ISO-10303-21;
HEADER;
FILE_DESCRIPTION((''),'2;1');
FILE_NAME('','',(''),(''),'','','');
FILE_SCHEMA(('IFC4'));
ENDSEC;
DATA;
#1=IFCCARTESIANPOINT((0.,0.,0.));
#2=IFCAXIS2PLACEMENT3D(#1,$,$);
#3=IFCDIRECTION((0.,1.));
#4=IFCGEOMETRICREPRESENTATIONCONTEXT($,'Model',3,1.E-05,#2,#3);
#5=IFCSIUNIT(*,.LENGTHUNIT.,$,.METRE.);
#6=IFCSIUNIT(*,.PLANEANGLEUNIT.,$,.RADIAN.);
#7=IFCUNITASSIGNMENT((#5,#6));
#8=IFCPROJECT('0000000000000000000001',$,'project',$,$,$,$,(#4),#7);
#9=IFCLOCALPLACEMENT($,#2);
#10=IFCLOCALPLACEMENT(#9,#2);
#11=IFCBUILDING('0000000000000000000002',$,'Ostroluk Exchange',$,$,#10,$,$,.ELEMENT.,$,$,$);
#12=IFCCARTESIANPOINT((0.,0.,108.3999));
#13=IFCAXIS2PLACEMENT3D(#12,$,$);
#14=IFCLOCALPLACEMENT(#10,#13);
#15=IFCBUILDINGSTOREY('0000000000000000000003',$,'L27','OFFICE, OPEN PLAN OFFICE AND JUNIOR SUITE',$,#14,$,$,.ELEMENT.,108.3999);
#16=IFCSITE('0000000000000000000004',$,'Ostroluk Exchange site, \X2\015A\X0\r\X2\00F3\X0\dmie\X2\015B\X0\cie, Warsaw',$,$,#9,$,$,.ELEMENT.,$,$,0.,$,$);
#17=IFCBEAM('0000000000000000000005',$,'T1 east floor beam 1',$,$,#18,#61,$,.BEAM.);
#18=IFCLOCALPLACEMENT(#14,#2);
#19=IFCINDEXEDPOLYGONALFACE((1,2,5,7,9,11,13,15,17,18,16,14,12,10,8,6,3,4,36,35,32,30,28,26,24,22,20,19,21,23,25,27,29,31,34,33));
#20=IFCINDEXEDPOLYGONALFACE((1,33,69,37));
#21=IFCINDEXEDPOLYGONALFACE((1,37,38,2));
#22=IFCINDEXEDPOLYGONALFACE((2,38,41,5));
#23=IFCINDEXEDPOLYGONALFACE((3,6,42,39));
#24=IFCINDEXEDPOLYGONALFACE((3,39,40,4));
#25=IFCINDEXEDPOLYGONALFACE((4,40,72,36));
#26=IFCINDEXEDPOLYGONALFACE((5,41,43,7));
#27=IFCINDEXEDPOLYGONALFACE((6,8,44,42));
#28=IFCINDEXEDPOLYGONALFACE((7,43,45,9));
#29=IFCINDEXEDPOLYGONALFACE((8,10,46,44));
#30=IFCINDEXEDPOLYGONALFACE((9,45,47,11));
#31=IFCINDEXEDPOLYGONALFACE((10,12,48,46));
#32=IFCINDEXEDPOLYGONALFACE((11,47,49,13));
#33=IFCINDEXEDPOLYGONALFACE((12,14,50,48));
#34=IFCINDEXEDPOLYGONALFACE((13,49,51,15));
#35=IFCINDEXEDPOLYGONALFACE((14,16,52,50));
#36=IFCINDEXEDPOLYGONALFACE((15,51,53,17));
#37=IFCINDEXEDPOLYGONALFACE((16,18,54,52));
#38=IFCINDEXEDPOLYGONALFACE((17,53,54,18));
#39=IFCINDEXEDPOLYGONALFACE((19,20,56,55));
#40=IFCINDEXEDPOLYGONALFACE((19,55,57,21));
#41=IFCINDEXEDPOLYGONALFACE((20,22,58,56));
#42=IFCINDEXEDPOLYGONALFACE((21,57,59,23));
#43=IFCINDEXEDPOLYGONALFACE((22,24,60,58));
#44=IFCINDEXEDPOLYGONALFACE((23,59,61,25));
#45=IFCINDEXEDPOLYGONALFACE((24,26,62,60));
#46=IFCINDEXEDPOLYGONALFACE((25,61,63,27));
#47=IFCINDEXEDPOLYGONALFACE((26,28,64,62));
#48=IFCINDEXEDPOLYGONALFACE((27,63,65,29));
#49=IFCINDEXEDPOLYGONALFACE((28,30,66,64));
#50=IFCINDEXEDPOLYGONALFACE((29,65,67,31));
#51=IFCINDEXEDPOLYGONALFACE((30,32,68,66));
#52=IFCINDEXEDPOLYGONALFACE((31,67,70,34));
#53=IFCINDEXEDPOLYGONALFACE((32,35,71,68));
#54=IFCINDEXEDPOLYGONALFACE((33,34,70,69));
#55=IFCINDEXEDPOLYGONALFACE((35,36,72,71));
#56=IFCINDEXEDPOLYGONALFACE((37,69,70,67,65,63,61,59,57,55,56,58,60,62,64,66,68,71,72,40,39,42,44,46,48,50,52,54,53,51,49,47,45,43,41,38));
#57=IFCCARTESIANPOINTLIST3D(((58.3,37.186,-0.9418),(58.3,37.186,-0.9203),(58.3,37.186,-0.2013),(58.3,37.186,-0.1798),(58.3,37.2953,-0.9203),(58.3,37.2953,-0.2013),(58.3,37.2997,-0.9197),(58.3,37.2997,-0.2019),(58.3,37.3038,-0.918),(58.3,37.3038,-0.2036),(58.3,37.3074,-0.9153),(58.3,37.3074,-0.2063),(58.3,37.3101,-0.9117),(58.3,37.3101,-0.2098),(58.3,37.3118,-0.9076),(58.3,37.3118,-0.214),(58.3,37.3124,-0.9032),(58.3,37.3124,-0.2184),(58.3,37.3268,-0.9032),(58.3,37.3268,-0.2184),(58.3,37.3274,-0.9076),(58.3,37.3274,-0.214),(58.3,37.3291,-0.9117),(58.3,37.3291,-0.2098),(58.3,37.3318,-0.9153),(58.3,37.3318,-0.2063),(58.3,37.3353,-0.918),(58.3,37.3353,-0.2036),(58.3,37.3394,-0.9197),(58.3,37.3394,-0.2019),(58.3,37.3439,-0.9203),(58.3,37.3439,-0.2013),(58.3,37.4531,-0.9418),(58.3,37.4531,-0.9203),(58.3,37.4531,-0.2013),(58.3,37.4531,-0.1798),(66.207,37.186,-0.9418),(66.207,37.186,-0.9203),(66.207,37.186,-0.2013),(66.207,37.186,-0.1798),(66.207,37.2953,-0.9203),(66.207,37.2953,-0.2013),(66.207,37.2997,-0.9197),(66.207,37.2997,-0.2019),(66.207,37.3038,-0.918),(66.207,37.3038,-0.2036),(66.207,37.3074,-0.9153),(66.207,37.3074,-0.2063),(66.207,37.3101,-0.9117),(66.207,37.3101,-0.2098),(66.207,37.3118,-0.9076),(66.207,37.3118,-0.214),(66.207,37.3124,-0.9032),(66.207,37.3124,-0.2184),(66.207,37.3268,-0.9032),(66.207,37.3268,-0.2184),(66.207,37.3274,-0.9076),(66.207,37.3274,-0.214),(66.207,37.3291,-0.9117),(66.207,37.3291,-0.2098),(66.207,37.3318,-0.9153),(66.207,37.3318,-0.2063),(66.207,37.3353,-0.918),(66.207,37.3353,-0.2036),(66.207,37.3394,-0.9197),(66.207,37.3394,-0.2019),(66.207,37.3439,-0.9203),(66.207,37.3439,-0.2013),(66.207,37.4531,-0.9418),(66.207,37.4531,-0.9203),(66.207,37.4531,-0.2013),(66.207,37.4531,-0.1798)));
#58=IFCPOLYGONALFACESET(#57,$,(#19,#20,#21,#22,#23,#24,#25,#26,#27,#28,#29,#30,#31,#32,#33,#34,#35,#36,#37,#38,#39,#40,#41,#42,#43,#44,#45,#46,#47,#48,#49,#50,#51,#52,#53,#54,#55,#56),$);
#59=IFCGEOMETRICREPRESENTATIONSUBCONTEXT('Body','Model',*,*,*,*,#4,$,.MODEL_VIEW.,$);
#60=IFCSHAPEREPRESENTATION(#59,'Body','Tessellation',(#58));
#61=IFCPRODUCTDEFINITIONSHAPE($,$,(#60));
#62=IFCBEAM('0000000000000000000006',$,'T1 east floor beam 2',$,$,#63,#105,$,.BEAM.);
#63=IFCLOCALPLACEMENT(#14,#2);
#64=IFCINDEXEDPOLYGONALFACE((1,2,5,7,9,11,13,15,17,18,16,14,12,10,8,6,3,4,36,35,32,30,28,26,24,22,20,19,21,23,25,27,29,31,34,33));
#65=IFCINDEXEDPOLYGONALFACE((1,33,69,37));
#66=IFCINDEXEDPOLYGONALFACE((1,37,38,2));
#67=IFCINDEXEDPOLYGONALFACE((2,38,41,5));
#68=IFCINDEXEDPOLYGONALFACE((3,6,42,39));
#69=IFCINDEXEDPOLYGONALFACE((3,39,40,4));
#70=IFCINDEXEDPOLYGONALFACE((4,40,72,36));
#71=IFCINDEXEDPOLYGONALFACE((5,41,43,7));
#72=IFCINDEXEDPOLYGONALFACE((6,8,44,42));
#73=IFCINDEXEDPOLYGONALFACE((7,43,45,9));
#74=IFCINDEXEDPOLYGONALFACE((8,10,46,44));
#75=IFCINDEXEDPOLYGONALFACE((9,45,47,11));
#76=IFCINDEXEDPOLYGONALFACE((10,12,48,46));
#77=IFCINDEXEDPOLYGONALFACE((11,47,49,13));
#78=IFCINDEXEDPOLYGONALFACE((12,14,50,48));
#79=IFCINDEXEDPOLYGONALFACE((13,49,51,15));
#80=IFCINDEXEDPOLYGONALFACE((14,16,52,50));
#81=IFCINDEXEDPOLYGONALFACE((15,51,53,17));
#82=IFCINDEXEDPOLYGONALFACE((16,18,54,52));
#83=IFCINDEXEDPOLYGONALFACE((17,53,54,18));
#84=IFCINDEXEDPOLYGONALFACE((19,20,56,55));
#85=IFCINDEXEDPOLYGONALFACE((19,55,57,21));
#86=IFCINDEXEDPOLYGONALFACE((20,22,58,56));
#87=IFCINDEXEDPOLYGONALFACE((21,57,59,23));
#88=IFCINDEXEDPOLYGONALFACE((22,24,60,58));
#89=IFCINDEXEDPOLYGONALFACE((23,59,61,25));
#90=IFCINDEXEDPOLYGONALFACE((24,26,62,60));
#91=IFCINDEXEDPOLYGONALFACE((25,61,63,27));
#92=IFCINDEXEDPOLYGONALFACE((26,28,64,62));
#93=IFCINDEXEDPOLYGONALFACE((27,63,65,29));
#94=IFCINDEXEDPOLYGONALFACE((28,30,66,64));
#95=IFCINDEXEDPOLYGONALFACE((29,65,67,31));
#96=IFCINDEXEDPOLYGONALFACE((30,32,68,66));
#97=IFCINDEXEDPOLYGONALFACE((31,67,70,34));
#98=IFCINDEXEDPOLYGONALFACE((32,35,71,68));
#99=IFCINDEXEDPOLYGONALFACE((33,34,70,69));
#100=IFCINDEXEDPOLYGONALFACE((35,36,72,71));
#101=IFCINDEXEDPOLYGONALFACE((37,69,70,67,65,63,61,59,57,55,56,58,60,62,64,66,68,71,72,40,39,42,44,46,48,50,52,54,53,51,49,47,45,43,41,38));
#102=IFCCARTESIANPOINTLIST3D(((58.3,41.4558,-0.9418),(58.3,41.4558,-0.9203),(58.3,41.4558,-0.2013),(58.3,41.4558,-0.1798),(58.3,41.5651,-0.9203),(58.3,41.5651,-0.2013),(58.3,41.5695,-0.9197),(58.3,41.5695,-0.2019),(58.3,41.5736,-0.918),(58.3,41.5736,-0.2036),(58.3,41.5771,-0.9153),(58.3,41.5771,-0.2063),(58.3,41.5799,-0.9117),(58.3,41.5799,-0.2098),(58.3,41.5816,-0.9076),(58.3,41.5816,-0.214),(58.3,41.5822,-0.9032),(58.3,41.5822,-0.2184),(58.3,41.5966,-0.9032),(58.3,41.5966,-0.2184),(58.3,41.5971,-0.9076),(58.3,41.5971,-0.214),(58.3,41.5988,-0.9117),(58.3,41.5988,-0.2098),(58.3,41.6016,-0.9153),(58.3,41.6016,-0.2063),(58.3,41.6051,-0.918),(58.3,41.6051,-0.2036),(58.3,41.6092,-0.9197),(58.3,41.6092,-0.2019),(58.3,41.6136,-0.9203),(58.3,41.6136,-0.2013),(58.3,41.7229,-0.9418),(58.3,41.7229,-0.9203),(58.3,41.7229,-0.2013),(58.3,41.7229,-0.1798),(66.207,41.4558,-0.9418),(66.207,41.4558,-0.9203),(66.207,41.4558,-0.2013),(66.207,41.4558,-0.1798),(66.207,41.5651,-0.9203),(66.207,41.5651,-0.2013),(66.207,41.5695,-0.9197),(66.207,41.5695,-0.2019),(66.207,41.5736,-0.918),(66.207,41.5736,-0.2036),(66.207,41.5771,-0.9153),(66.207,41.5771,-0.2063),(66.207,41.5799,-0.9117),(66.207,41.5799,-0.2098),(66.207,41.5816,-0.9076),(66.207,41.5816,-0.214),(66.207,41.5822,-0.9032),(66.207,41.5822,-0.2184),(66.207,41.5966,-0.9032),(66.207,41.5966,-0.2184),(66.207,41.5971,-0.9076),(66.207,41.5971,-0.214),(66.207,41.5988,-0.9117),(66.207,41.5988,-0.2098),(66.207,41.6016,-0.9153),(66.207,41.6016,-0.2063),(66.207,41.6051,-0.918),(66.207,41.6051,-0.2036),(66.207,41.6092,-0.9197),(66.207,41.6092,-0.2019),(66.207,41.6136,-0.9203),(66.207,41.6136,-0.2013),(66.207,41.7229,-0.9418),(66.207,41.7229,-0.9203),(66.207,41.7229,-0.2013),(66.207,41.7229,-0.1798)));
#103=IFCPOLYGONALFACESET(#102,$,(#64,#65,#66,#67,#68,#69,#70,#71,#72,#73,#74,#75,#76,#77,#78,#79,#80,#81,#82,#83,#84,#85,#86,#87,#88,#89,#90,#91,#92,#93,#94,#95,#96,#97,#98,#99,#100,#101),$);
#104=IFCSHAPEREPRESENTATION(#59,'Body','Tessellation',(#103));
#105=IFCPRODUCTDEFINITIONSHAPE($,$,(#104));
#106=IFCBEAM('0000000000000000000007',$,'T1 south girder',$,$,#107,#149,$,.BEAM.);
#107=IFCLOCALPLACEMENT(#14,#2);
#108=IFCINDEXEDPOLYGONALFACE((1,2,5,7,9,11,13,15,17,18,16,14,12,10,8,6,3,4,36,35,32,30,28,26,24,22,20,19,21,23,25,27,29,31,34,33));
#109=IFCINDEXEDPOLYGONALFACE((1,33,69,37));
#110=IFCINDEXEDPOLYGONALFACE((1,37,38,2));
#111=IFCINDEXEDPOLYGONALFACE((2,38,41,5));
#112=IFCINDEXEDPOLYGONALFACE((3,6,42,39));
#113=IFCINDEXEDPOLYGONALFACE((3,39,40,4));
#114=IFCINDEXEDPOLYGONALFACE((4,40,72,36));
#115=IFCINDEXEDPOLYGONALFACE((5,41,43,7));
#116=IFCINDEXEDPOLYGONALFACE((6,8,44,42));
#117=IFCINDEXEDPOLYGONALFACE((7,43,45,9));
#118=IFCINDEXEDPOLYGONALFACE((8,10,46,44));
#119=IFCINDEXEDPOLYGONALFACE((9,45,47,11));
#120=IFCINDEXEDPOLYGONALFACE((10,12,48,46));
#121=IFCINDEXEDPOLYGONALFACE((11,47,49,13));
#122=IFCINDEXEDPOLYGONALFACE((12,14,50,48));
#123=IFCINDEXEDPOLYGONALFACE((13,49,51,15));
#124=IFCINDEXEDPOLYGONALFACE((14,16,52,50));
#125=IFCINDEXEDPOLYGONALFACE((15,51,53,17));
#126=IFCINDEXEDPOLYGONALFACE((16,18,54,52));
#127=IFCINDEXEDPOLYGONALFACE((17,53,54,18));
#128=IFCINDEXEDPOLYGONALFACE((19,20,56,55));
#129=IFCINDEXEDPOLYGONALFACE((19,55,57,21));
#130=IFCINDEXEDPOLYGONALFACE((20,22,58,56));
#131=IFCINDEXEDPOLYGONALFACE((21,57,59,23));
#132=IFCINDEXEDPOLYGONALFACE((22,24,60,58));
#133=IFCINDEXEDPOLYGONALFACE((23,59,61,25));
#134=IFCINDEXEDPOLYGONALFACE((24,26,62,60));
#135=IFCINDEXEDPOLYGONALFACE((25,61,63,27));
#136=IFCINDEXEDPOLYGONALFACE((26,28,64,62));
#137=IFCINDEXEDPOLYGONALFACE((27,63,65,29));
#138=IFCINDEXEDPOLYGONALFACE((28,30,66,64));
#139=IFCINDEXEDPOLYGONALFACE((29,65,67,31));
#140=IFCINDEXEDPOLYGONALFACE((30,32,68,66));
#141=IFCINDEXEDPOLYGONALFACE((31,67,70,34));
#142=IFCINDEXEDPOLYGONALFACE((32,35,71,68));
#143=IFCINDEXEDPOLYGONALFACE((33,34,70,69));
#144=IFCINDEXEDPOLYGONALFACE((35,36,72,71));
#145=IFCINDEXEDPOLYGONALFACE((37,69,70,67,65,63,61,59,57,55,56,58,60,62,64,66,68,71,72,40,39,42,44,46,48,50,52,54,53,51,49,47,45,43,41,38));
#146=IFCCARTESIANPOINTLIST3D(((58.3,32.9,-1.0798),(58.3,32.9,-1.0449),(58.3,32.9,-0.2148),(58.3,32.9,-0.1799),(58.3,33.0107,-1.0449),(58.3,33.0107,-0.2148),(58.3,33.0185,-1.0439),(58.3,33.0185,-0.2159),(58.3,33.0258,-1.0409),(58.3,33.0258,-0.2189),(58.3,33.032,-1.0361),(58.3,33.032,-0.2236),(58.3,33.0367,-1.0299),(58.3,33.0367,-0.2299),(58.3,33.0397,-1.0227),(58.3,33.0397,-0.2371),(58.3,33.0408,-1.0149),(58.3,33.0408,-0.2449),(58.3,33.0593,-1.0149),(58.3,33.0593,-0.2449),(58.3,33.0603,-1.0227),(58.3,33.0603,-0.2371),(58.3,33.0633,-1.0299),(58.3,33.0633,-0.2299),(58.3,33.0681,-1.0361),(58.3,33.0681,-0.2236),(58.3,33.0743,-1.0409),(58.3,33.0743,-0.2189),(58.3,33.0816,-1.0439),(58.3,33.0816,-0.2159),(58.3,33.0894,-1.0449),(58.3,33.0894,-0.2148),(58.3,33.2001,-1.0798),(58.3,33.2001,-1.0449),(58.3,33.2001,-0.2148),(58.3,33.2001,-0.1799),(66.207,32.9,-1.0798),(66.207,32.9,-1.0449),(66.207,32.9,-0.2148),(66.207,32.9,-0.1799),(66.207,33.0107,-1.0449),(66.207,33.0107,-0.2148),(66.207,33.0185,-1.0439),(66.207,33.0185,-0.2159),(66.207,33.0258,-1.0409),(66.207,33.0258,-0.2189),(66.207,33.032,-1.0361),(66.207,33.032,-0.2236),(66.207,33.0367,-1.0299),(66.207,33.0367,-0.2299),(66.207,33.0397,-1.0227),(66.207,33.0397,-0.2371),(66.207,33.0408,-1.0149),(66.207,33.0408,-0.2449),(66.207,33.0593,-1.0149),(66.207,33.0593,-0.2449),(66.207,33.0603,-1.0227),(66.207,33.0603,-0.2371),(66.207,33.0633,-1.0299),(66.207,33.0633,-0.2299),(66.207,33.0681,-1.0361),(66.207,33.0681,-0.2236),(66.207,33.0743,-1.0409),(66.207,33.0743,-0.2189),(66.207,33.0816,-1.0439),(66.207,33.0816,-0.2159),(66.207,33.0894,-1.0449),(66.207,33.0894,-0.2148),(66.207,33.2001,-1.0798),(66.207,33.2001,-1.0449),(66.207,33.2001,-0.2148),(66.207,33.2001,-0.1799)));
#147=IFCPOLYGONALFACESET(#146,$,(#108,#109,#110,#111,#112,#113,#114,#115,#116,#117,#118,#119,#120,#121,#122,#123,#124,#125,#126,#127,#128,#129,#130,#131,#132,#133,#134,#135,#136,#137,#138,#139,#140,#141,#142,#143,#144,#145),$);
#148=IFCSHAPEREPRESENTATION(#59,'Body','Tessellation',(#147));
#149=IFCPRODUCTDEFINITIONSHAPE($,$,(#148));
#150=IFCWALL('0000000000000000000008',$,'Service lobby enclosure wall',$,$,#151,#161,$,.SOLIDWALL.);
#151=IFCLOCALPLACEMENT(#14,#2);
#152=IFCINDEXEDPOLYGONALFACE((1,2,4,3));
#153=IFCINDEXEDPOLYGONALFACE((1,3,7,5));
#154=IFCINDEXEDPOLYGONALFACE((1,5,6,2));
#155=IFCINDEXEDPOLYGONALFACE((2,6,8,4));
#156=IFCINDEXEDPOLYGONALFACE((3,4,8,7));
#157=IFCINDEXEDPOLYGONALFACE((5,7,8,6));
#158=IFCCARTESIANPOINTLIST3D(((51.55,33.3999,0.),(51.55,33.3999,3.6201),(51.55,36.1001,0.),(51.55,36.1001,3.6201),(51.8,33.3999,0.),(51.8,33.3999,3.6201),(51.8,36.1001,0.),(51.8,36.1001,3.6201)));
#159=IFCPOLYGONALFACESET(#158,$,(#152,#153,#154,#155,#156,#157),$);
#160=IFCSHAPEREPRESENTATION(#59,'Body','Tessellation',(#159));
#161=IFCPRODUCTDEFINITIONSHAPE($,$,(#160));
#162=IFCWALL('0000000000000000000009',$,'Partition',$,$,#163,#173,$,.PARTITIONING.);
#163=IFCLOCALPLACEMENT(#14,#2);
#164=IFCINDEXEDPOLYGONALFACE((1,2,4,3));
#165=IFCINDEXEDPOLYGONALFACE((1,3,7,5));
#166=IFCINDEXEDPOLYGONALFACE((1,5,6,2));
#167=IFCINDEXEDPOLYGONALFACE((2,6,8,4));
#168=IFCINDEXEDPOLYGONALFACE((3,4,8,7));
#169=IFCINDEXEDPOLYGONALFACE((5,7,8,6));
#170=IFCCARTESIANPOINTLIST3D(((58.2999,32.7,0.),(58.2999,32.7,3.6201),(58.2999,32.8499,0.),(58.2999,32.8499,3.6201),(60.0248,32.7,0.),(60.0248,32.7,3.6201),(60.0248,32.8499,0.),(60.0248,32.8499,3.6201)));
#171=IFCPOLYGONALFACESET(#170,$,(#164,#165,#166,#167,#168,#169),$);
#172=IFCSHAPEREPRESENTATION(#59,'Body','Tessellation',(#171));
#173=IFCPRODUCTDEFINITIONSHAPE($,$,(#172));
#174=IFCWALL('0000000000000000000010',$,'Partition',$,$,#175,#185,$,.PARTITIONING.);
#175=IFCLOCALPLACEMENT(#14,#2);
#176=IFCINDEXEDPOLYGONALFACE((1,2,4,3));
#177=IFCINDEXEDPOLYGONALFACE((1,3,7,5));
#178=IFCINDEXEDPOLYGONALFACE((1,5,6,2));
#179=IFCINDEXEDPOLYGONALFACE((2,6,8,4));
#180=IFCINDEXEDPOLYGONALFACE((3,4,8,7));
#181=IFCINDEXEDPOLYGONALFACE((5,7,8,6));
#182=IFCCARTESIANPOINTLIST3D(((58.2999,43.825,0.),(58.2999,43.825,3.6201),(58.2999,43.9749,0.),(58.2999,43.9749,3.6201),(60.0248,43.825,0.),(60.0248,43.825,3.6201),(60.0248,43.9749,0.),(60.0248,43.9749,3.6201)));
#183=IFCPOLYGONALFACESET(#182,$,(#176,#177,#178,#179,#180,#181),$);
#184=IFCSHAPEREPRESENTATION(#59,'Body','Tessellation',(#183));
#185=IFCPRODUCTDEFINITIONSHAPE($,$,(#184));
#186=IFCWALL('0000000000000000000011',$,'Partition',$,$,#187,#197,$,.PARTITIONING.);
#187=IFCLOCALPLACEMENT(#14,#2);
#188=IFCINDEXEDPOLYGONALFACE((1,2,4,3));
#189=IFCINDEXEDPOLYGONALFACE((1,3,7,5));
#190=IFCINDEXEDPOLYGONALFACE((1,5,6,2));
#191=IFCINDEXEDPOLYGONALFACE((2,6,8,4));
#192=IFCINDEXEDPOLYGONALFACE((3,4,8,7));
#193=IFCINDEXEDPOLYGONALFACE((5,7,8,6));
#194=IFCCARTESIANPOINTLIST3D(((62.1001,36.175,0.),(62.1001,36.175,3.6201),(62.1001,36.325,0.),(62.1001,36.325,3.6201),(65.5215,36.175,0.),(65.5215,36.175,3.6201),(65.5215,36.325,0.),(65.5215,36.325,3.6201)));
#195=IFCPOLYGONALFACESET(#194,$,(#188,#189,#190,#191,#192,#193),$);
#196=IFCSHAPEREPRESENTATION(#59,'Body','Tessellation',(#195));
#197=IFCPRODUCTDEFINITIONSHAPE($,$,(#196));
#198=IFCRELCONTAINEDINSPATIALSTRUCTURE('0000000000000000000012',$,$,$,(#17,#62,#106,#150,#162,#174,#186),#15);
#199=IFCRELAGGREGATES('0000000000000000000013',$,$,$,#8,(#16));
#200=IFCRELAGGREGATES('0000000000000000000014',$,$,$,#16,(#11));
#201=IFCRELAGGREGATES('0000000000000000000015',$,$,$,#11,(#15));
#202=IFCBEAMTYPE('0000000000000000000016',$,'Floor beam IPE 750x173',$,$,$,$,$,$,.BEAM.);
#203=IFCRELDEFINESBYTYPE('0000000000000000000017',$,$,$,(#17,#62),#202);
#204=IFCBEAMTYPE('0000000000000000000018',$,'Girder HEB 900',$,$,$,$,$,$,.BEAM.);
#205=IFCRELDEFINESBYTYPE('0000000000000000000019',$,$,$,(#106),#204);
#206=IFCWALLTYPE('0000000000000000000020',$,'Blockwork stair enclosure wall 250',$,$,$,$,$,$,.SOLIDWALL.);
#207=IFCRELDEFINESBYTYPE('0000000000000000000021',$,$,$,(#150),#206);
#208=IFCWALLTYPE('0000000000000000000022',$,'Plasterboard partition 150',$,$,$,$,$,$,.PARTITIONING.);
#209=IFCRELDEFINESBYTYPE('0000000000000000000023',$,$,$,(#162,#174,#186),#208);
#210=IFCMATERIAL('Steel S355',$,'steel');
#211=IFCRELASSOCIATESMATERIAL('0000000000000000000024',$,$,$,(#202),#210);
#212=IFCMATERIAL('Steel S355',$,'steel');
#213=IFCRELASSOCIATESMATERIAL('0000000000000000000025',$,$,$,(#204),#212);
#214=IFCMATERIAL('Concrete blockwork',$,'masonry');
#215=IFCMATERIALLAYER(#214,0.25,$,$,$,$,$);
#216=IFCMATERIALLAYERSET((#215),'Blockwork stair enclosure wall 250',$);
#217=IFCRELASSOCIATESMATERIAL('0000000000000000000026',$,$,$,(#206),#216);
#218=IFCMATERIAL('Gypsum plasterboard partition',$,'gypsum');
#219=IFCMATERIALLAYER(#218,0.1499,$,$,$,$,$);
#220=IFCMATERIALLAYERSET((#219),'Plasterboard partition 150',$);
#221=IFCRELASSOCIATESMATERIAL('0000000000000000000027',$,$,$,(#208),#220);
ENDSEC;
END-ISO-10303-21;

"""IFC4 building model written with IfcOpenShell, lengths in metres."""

from ifc_helpers import new_model, si_unit, direction, frame, frame_2d, origin, origin_2d, place, context, subcontext, project, spatial, rectangle, i_section, extrude, material, layer, layer_set, material_profile, profile_set, type_object, element, save


model = new_model("IFC4")

# Units and contexts
model_context = context("Model", 3, precision=1e-05, world=origin(), true_north=direction((0.0, 1.0)))
body_context = subcontext(model_context, "Body", "Model", "MODEL_VIEW")
ifc_project = project(units=[si_unit("LENGTHUNIT", "METRE"), si_unit("PLANEANGLEUNIT", "RADIAN")], contexts=[model_context])

# Site, building, storey
site_placement = place(None, origin())
site = spatial("IfcSite", under=ifc_project, at=site_placement, Name="Ostroluk Exchange site, Śródmieście, Warsaw", CompositionType="ELEMENT", RefElevation=0.0)
building_placement = place(site_placement, origin())
building = spatial("IfcBuilding", under=site, at=building_placement, Name="Ostroluk Exchange", CompositionType="ELEMENT")
storey_placement = place(building_placement, frame((0.0, 0.0, 108.3999)))
storey = spatial("IfcBuildingStorey", under=building, at=storey_placement, Name="L27", Description="OFFICE, OPEN PLAN OFFICE AND JUNIOR SUITE", CompositionType="ELEMENT", Elevation=108.3999)

# Beams
ifc_material_1 = material(Name="Steel S355", Category="steel")
ifc_material_profile_1 = material_profile(ifc_material_1, i_section(OverallWidth=0.2671, OverallDepth=0.762, WebThickness=0.0144, FlangeThickness=0.0215, FilletRadius=0.0171, at=origin_2d()), Name="IPE 750x173")
ifc_profile_set_1 = profile_set([ifc_material_profile_1], Name="Steel S355")
beam_type_1 = type_object("IfcBeamType", Name="Floor beam IPE 750x173", PredefinedType="BEAM", material=ifc_profile_set_1)
for number, where, z_axis, x_axis, name in (
    (1, (58.3, 37.3196, -0.5608), (1.0, 0.0, 0.0), (0.0, 1.0, 0.0), "T1 east floor beam 1"),
    (2, (58.3, 41.5894, -0.5608), (1.0, 0.0, 0.0), (0.0, 1.0, 0.0), "T1 east floor beam 2"),
):
    element("IfcBeam", number, at=place(storey_placement, frame(where, z_axis=z_axis, x_axis=x_axis)), inside=storey, type_object=beam_type_1, Name=name, PredefinedType="BEAM", context=body_context, shape_type="SweptSolid", body=[
        extrude(i_section(OverallWidth=0.2671, OverallDepth=0.762, WebThickness=0.0144, FlangeThickness=0.0215, FilletRadius=0.0171, at=origin_2d()), origin(), (0.0, 0.0, 1.0), 7.907),
    ])
ifc_material_2 = material(Name="Steel S355", Category="steel")
ifc_material_profile_2 = material_profile(ifc_material_2, i_section(OverallWidth=0.3, OverallDepth=0.8999, WebThickness=0.0186, FlangeThickness=0.0349, FilletRadius=0.03, at=origin_2d()), Name="HEB 900")
ifc_profile_set_2 = profile_set([ifc_material_profile_2], Name="Steel S355")
beam_type_2 = type_object("IfcBeamType", Name="Girder HEB 900", PredefinedType="BEAM", material=ifc_profile_set_2)
beam_placement = place(storey_placement, frame((58.3, 33.05, -0.6299), z_axis=(1.0, 0.0, 0.0), x_axis=(0.0, 1.0, 0.0)))
element("IfcBeam", 3, at=beam_placement, inside=storey, type_object=beam_type_2, Name="T1 south girder", PredefinedType="BEAM", context=body_context, shape_type="SweptSolid", body=[
    extrude(i_section(OverallWidth=0.3, OverallDepth=0.8999, WebThickness=0.0186, FlangeThickness=0.0349, FilletRadius=0.03, at=origin_2d()), origin(), (0.0, 0.0, 1.0), 7.907),
])

# Wall
ifc_material_3 = material(Name="Concrete blockwork", Category="masonry")
ifc_layer_1 = layer(ifc_material_3, 0.25)
ifc_layer_set_1 = layer_set([ifc_layer_1], Name="Blockwork stair enclosure wall 250")
wall_type_1 = type_object("IfcWallType", Name="Blockwork stair enclosure wall 250", PredefinedType="SOLIDWALL", material=ifc_layer_set_1)
wall_1_placement = place(storey_placement, frame((51.675, 33.3999, 0.0), z_axis=(0.0, 0.0, 1.0), x_axis=(0.0, 1.0, 0.0)))
element("IfcWall", 4, at=wall_1_placement, inside=storey, type_object=wall_type_1, Name="Service lobby enclosure wall", PredefinedType="SOLIDWALL", context=body_context, shape_type="SweptSolid", body=[
    extrude(rectangle(XDim=2.7002, YDim=0.25, at=frame_2d((1.3501, 0.0))), origin(), (0.0, 0.0, 1.0), 3.6201),
])

# Walls
ifc_material_4 = material(Name="Gypsum plasterboard partition", Category="gypsum")
ifc_layer_2 = layer(ifc_material_4, 0.1499)
ifc_layer_set_2 = layer_set([ifc_layer_2], Name="Plasterboard partition 150")
wall_type_2 = type_object("IfcWallType", Name="Plasterboard partition 150", PredefinedType="PARTITIONING", material=ifc_layer_set_2)
for number, where, z_axis, x_axis, name in (
    (5, (58.3, 32.7749, 0.0), (0.0, 0.0, 1.0), (1.0, 0.0, 0.0), "Partition"),
    (6, (58.3, 43.8999, 0.0), (0.0, 0.0, 1.0), (1.0, 0.0, 0.0), "Partition"),
):
    element("IfcWall", number, at=place(storey_placement, frame(where, z_axis=z_axis, x_axis=x_axis)), inside=storey, type_object=wall_type_2, Name=name, PredefinedType="PARTITIONING", context=body_context, shape_type="SweptSolid", body=[
        extrude(rectangle(XDim=1.7249, YDim=0.1499, at=frame_2d((0.8623, 0.0))), origin(), (0.0, 0.0, 1.0), 3.6201),
    ])
wall_2_placement = place(storey_placement, frame((62.1001, 36.25, 0.0), z_axis=(0.0, 0.0, 1.0), x_axis=(1.0, 0.0, 0.0)))
element("IfcWall", 7, at=wall_2_placement, inside=storey, type_object=wall_type_2, Name="Partition", PredefinedType="PARTITIONING", context=body_context, shape_type="SweptSolid", body=[
    extrude(rectangle(XDim=3.4214, YDim=0.1499, at=frame_2d((1.7107, 0.0))), origin(), (0.0, 0.0, 1.0), 3.6201),
])

save(model, "model.ifc")
